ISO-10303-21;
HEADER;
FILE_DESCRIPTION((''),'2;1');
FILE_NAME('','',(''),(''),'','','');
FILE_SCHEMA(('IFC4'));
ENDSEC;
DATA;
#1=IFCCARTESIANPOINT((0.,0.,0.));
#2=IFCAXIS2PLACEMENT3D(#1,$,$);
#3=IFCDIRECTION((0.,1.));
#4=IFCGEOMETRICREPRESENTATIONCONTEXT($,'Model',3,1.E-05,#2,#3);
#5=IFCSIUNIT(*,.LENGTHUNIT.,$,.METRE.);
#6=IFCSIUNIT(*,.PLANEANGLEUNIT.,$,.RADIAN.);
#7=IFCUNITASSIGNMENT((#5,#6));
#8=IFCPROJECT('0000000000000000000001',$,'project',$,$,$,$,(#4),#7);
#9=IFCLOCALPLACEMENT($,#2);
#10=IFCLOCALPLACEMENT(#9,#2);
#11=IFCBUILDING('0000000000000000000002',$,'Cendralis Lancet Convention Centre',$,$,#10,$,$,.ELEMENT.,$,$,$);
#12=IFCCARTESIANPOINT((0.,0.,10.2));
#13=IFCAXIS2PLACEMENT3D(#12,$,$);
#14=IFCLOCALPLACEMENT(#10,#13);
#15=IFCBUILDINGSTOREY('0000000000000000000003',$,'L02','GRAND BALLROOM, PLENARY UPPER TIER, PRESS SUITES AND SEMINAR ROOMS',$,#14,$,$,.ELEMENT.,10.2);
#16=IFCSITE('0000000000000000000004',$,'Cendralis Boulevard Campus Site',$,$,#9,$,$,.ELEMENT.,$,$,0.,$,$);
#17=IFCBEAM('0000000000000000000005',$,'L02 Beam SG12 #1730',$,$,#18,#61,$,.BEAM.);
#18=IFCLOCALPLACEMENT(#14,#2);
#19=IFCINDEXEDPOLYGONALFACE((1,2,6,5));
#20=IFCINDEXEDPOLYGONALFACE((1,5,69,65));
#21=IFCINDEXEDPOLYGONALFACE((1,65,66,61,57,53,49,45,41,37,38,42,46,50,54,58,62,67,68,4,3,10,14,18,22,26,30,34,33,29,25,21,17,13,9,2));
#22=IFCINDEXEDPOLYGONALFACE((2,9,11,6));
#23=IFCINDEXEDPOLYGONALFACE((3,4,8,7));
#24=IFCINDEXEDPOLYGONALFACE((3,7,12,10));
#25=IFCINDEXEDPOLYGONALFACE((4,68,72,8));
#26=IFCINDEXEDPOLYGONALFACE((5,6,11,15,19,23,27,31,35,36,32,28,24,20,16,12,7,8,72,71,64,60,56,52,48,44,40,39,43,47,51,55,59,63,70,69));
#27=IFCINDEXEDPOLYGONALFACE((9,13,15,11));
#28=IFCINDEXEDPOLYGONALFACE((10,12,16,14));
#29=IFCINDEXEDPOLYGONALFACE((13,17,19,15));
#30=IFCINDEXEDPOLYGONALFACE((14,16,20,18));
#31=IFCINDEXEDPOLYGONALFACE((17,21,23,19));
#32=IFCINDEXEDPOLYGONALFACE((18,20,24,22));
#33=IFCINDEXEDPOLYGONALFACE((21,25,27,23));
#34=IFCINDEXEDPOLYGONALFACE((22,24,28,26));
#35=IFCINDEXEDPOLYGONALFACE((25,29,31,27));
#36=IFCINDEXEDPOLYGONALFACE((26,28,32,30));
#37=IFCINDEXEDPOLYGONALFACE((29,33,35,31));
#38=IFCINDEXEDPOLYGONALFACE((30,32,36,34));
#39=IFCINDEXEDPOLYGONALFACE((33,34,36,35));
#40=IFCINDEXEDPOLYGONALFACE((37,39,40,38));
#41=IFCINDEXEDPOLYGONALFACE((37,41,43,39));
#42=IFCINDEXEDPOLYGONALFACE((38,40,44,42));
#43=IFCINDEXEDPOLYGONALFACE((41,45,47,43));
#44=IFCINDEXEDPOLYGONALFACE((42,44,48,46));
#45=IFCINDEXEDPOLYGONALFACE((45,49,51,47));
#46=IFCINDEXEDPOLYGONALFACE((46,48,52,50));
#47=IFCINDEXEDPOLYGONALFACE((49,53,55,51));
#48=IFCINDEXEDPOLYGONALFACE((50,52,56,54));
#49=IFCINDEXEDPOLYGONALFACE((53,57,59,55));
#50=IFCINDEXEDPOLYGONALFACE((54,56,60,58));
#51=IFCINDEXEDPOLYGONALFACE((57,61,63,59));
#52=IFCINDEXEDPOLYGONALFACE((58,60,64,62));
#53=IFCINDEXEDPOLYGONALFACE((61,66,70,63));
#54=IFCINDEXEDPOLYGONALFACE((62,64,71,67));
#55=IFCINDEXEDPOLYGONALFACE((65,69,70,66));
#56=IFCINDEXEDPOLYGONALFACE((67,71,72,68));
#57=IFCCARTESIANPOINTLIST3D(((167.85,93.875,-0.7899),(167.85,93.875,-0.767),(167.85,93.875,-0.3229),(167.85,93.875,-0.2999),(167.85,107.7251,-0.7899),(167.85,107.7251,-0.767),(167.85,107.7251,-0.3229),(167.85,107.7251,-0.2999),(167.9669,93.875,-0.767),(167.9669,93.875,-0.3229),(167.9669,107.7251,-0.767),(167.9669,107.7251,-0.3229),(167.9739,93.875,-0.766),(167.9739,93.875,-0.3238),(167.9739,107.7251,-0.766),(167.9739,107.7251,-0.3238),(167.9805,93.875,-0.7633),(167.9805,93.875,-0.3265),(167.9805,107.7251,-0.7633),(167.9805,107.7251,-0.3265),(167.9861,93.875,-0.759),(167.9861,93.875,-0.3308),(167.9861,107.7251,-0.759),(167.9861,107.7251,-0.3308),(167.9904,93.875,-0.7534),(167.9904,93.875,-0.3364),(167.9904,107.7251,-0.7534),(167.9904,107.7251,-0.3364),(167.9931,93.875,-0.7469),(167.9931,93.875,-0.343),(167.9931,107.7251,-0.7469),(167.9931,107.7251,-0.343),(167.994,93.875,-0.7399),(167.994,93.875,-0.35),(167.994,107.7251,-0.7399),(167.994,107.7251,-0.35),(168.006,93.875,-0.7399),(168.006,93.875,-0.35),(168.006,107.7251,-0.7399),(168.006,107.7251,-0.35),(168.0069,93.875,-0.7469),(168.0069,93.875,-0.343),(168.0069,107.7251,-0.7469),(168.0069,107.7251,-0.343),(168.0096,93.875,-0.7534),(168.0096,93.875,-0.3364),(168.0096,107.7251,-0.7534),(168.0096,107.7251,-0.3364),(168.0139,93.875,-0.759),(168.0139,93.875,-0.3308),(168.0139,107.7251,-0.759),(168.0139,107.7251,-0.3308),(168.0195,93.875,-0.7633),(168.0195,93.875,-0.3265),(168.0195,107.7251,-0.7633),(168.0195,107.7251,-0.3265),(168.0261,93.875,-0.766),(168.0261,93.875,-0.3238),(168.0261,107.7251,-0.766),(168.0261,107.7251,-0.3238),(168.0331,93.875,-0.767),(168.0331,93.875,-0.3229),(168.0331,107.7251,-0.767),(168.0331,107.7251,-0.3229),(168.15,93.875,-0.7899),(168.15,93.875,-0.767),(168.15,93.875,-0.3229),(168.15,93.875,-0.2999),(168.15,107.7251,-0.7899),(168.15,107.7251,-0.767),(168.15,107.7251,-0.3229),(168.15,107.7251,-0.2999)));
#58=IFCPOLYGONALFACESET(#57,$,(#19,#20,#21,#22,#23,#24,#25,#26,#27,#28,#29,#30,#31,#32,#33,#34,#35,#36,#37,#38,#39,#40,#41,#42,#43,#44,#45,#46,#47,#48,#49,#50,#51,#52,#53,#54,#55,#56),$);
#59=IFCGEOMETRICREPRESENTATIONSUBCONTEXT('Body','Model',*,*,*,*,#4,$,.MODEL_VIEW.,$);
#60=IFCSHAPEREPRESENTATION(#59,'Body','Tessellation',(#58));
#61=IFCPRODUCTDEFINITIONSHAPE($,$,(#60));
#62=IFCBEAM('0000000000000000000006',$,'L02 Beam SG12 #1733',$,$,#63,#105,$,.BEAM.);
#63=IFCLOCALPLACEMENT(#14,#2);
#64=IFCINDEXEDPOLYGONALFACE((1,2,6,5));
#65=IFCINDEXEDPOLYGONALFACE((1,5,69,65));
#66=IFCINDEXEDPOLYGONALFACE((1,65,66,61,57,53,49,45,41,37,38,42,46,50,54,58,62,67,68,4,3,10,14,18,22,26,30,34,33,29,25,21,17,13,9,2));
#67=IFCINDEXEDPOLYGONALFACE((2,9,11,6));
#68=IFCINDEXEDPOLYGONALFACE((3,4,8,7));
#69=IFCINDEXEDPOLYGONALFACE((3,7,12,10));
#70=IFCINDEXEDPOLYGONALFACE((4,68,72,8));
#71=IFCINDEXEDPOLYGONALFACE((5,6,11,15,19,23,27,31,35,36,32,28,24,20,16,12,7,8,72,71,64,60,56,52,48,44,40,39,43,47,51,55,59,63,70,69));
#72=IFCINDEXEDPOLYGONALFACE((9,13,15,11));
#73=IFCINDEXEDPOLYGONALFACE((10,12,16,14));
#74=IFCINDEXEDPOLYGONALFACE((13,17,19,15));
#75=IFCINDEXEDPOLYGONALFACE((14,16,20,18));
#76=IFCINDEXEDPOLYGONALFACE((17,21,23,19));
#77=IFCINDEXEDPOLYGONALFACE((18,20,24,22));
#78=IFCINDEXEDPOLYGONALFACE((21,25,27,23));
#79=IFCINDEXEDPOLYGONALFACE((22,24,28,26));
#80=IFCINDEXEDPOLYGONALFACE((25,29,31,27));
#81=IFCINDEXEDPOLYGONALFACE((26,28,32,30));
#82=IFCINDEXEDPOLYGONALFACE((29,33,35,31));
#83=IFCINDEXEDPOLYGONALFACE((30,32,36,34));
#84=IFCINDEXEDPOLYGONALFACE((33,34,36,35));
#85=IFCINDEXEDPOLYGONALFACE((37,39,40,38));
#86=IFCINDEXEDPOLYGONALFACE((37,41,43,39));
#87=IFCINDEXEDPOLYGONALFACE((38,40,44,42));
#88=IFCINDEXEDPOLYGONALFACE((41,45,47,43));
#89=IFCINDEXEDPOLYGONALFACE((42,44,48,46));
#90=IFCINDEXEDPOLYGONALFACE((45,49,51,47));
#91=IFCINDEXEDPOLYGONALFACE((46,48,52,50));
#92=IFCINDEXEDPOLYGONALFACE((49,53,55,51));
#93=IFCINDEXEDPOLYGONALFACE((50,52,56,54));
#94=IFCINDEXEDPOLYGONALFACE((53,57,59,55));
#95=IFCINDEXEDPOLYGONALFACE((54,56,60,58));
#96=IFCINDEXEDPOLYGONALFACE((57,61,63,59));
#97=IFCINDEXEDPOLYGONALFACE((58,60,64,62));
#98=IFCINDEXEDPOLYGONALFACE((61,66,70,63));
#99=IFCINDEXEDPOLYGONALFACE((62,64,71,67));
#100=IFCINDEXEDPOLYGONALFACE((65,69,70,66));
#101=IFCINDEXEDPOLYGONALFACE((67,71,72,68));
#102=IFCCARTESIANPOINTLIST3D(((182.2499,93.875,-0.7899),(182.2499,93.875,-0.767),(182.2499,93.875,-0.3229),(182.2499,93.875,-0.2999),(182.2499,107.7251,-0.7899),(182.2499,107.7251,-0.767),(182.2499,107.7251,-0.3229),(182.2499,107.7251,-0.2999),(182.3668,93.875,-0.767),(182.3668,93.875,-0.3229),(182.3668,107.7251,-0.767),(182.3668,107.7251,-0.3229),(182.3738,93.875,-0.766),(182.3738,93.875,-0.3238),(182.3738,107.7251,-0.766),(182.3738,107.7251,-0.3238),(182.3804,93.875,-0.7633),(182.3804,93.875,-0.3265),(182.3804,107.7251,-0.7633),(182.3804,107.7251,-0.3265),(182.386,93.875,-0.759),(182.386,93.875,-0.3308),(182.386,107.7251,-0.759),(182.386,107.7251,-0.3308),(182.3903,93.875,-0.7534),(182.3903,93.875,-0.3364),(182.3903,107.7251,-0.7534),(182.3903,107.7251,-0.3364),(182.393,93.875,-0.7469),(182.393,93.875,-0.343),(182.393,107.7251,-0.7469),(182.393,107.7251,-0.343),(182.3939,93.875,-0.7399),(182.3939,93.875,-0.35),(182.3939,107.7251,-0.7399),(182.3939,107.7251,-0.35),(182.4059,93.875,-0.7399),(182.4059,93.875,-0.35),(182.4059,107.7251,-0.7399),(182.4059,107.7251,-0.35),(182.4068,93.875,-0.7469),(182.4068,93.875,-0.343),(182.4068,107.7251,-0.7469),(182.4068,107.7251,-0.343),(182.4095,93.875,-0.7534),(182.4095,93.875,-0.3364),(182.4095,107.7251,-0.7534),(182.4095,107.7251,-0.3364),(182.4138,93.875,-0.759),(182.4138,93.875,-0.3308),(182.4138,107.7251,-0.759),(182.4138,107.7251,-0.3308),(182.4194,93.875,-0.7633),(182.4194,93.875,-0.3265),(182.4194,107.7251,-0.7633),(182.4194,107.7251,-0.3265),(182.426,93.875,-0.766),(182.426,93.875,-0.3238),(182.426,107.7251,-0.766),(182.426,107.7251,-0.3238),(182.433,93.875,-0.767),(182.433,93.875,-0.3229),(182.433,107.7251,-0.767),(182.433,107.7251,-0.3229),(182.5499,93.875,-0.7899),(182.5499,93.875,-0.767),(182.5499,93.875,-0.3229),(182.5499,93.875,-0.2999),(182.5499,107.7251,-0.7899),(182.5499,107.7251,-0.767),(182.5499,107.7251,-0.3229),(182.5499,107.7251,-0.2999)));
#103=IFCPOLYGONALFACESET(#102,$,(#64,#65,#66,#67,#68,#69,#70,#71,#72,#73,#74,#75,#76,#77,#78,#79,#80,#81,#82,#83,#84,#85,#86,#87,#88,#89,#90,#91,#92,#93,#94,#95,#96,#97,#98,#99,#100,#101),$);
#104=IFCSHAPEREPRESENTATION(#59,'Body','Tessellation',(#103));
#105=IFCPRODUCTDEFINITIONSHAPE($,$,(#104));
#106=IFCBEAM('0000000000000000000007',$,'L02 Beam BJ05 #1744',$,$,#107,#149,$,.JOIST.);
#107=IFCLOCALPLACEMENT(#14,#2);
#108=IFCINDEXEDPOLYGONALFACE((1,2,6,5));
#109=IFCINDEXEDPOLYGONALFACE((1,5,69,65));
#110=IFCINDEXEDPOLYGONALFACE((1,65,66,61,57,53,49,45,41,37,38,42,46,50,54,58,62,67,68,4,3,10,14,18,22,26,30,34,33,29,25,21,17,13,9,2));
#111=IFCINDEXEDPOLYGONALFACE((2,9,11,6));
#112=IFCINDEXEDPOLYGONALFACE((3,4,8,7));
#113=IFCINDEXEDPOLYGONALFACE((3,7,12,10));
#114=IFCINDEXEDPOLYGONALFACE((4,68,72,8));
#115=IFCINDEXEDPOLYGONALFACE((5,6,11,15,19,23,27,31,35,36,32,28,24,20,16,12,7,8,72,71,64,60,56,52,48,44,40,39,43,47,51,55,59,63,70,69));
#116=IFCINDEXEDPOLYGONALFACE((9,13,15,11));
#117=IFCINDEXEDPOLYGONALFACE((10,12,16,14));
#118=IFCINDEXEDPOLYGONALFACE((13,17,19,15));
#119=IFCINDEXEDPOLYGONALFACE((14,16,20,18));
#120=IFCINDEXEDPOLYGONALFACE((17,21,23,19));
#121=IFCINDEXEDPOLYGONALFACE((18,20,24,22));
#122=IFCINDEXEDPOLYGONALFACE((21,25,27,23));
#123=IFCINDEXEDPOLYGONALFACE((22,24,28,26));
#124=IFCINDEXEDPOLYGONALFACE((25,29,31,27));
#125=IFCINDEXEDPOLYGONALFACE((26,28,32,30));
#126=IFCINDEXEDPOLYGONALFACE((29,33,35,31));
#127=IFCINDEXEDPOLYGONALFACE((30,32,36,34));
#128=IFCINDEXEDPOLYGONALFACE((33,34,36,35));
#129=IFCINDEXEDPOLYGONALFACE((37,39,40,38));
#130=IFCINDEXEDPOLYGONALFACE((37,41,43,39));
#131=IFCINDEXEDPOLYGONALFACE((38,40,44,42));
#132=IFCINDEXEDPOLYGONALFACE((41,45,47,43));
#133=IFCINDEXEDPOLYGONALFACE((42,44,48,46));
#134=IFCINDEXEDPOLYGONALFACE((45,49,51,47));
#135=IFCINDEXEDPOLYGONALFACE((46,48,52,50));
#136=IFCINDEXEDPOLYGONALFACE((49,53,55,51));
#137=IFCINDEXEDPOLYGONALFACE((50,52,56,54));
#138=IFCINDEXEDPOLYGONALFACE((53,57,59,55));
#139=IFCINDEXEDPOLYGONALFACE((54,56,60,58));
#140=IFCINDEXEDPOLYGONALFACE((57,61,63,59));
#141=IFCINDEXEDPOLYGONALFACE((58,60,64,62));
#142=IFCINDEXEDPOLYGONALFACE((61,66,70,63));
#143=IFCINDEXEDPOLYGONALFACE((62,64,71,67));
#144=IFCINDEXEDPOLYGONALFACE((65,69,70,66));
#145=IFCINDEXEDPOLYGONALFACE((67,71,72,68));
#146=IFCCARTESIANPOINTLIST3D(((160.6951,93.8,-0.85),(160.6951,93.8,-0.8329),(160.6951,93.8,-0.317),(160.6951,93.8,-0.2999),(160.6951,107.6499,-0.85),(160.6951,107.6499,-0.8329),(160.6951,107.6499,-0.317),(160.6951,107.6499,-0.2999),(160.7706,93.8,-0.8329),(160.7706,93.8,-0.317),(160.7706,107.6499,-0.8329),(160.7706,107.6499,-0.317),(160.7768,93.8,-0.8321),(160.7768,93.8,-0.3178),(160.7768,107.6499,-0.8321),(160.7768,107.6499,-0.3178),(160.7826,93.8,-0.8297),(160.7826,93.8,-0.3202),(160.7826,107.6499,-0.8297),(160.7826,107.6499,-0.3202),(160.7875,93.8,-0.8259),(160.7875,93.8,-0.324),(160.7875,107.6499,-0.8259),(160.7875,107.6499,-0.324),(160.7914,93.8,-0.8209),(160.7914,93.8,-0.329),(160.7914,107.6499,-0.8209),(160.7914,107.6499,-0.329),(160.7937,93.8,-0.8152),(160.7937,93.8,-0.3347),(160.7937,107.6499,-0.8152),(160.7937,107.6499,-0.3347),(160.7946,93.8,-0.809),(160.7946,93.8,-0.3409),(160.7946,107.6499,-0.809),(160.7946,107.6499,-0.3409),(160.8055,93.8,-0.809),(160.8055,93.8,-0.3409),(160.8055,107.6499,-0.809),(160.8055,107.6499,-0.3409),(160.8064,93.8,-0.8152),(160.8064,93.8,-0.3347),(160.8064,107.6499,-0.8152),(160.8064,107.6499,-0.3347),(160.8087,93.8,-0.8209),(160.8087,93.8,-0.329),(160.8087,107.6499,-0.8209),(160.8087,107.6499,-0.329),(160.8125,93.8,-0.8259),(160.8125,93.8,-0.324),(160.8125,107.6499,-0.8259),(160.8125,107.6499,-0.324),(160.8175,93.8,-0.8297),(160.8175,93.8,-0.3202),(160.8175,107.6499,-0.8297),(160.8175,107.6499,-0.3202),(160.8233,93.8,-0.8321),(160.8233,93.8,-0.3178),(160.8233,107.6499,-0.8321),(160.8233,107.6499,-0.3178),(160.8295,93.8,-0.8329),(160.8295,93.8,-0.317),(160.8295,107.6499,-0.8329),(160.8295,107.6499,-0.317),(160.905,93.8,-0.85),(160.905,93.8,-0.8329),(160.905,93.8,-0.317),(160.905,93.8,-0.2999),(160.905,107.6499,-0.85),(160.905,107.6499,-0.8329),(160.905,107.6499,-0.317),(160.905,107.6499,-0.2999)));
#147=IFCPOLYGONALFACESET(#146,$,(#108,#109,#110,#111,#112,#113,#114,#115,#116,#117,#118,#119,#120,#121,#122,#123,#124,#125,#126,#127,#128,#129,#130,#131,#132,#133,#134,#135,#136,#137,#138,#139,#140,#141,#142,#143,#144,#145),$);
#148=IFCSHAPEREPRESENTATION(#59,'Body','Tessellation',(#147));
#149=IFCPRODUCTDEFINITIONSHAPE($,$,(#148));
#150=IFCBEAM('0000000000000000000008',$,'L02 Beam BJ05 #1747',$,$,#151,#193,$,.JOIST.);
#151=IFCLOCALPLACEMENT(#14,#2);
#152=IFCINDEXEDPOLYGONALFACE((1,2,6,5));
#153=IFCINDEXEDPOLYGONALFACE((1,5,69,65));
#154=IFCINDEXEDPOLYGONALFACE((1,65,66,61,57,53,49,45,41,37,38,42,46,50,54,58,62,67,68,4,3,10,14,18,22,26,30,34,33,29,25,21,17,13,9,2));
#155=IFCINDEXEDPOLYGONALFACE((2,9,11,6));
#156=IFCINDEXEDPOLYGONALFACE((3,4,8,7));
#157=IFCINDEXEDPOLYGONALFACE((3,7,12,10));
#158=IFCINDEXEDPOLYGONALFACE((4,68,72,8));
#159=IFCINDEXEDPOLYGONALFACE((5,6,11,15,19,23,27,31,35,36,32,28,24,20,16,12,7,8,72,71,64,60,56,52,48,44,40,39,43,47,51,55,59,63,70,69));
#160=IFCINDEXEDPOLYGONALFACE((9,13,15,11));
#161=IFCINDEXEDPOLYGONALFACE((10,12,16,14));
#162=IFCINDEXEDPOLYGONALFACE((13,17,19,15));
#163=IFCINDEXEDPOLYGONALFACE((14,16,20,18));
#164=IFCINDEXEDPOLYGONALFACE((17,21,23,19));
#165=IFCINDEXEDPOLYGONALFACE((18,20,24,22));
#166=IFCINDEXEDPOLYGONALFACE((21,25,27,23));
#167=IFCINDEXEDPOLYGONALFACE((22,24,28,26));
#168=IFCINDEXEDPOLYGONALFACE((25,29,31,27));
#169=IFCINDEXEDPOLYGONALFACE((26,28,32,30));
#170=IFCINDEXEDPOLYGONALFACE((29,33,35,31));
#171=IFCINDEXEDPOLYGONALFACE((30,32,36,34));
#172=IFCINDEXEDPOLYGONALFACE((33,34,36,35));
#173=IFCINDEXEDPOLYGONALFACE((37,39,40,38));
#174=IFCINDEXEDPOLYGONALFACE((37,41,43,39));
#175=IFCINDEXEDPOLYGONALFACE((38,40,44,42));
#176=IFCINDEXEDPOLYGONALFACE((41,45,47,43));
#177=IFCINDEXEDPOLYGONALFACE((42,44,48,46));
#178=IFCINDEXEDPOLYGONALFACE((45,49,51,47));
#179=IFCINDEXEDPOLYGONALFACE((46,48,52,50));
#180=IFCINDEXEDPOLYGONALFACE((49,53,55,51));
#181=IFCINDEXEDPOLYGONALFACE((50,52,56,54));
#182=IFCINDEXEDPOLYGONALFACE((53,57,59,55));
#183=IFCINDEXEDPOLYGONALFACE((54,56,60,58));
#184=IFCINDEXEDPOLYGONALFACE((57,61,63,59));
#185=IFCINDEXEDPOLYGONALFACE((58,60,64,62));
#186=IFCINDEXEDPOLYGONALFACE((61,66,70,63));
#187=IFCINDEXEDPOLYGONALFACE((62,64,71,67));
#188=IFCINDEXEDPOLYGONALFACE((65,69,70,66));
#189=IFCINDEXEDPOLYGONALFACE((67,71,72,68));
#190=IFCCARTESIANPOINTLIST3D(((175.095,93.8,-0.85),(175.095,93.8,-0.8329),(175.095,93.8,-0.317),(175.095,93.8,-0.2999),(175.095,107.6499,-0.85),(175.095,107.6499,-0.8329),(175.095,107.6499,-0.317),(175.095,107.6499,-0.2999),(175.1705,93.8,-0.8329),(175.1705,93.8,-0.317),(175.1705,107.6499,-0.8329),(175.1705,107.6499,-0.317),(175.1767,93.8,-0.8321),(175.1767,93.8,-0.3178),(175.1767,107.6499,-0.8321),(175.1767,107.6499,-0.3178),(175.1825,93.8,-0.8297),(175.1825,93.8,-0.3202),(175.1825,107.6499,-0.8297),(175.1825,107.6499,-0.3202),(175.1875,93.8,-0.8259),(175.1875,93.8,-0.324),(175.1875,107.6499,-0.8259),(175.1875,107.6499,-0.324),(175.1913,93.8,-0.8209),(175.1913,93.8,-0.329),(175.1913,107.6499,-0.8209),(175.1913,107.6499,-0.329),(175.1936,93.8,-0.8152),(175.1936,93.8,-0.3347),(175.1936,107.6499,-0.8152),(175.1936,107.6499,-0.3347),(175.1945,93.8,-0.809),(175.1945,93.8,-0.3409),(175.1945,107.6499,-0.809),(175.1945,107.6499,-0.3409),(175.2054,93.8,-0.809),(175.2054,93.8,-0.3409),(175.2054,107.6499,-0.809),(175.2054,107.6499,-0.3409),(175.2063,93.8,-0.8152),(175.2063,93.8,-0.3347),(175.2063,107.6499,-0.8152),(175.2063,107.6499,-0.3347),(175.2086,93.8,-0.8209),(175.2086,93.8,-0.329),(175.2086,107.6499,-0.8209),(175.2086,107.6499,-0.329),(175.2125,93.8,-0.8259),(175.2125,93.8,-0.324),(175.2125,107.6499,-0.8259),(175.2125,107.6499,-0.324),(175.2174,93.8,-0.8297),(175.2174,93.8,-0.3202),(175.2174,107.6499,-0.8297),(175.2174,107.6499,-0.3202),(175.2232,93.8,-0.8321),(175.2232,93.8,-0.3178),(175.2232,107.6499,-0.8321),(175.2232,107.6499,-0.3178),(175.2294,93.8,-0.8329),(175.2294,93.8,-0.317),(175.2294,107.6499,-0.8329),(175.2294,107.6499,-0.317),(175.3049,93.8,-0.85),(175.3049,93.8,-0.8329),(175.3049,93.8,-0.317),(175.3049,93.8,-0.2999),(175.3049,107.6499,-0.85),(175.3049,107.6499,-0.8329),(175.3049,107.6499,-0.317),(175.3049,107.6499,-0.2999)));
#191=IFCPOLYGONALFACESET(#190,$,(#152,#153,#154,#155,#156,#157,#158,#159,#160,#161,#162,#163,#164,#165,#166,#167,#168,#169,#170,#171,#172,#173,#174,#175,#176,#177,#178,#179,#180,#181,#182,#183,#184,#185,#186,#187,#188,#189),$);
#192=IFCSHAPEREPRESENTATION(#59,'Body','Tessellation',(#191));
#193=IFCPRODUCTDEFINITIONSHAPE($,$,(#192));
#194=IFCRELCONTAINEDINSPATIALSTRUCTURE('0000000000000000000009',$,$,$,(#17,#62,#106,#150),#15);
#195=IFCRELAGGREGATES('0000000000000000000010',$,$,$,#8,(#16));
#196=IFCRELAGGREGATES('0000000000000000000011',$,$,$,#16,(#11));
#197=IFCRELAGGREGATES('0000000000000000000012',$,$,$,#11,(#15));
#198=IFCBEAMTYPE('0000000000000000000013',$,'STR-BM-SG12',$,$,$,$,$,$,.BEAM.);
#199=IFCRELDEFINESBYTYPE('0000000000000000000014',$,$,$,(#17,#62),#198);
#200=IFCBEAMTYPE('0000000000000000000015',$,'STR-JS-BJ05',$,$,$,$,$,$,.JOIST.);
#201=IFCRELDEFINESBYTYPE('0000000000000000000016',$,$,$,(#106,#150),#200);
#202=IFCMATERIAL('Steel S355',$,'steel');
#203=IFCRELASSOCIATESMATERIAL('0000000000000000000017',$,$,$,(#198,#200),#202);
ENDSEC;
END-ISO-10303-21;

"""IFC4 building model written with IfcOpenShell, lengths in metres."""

from ifc_helpers import new_model, si_unit, direction, frame, origin, origin_2d, place, context, subcontext, project, spatial, i_section, extrude, material, material_profile, profile_set, type_object, element, save


model = new_model("IFC4")

# Units and contexts
model_context = context("Model", 3, precision=1e-05, world=origin(), true_north=direction((0.0, 1.0)))
body_context = subcontext(model_context, "Body", "Model", "MODEL_VIEW")
ifc_project = project(units=[si_unit("LENGTHUNIT", "METRE"), si_unit("PLANEANGLEUNIT", "RADIAN")], contexts=[model_context])

# Site, building, storey
site_placement = place(None, origin())
site = spatial("IfcSite", under=ifc_project, at=site_placement, Name="Cendralis Boulevard Campus Site", CompositionType="ELEMENT", RefElevation=0.0)
building_placement = place(site_placement, origin())
building = spatial("IfcBuilding", under=site, at=building_placement, Name="Cendralis Lancet Convention Centre", CompositionType="ELEMENT")
storey_placement = place(building_placement, frame((0.0, 0.0, 10.2)))
storey = spatial("IfcBuildingStorey", under=building, at=storey_placement, Name="L02", Description="GRAND BALLROOM, PLENARY UPPER TIER, PRESS SUITES AND SEMINAR ROOMS", CompositionType="ELEMENT", Elevation=10.2)

# Shared definitions
ifc_material_1 = material(Name="Steel S355", Category="steel")

# Beams
ifc_material_profile_1 = material_profile(ifc_material_1, i_section(OverallWidth=0.3, OverallDepth=0.49, WebThickness=0.012, FlangeThickness=0.0229, FilletRadius=0.0271, at=origin_2d()), Name="HEA 500")
ifc_profile_set_1 = profile_set([ifc_material_profile_1], Name="Steel S355")
beam_type_1 = type_object("IfcBeamType", Name="STR-BM-SG12", PredefinedType="BEAM", material=ifc_profile_set_1)
for number, where, z_axis, x_axis, name in (
    (1, (168.0, 93.875, -0.5449), (0.0, 1.0, 0.0), (-1.0, 0.0, 0.0), "L02 Beam SG12 #1730"),
    (2, (182.3999, 93.875, -0.5449), (0.0, 1.0, 0.0), (-1.0, 0.0, 0.0), "L02 Beam SG12 #1733"),
):
    element("IfcBeam", number, at=place(storey_placement, frame(where, z_axis=z_axis, x_axis=x_axis)), inside=storey, type_object=beam_type_1, Name=name, PredefinedType="BEAM", context=body_context, shape_type="SweptSolid", body=[
        extrude(i_section(OverallWidth=0.3, OverallDepth=0.49, WebThickness=0.012, FlangeThickness=0.0229, FilletRadius=0.0271, at=origin_2d()), origin(), (0.0, 0.0, 1.0), 13.8501),
    ])
ifc_material_profile_2 = material_profile(ifc_material_1, i_section(OverallWidth=0.21, OverallDepth=0.55, WebThickness=0.011, FlangeThickness=0.0171, FilletRadius=0.0239, at=origin_2d()), Name="IPE 550")
ifc_profile_set_2 = profile_set([ifc_material_profile_2], Name="Steel S355")
beam_type_2 = type_object("IfcBeamType", Name="STR-JS-BJ05", PredefinedType="JOIST", material=ifc_profile_set_2)
for number, where, z_axis, x_axis, name in (
    (3, (160.8, 93.8, -0.575), (0.0, 1.0, 0.0), (-1.0, 0.0, 0.0), "L02 Beam BJ05 #1744"),
    (4, (175.2, 93.8, -0.575), (0.0, 1.0, 0.0), (-1.0, 0.0, 0.0), "L02 Beam BJ05 #1747"),
):
    element("IfcBeam", number, at=place(storey_placement, frame(where, z_axis=z_axis, x_axis=x_axis)), inside=storey, type_object=beam_type_2, Name=name, PredefinedType="JOIST", context=body_context, shape_type="SweptSolid", body=[
        extrude(i_section(OverallWidth=0.21, OverallDepth=0.55, WebThickness=0.011, FlangeThickness=0.0171, FilletRadius=0.0239, at=origin_2d()), origin(), (0.0, 0.0, 1.0), 13.8499),
    ])

save(model, "model.ifc")
